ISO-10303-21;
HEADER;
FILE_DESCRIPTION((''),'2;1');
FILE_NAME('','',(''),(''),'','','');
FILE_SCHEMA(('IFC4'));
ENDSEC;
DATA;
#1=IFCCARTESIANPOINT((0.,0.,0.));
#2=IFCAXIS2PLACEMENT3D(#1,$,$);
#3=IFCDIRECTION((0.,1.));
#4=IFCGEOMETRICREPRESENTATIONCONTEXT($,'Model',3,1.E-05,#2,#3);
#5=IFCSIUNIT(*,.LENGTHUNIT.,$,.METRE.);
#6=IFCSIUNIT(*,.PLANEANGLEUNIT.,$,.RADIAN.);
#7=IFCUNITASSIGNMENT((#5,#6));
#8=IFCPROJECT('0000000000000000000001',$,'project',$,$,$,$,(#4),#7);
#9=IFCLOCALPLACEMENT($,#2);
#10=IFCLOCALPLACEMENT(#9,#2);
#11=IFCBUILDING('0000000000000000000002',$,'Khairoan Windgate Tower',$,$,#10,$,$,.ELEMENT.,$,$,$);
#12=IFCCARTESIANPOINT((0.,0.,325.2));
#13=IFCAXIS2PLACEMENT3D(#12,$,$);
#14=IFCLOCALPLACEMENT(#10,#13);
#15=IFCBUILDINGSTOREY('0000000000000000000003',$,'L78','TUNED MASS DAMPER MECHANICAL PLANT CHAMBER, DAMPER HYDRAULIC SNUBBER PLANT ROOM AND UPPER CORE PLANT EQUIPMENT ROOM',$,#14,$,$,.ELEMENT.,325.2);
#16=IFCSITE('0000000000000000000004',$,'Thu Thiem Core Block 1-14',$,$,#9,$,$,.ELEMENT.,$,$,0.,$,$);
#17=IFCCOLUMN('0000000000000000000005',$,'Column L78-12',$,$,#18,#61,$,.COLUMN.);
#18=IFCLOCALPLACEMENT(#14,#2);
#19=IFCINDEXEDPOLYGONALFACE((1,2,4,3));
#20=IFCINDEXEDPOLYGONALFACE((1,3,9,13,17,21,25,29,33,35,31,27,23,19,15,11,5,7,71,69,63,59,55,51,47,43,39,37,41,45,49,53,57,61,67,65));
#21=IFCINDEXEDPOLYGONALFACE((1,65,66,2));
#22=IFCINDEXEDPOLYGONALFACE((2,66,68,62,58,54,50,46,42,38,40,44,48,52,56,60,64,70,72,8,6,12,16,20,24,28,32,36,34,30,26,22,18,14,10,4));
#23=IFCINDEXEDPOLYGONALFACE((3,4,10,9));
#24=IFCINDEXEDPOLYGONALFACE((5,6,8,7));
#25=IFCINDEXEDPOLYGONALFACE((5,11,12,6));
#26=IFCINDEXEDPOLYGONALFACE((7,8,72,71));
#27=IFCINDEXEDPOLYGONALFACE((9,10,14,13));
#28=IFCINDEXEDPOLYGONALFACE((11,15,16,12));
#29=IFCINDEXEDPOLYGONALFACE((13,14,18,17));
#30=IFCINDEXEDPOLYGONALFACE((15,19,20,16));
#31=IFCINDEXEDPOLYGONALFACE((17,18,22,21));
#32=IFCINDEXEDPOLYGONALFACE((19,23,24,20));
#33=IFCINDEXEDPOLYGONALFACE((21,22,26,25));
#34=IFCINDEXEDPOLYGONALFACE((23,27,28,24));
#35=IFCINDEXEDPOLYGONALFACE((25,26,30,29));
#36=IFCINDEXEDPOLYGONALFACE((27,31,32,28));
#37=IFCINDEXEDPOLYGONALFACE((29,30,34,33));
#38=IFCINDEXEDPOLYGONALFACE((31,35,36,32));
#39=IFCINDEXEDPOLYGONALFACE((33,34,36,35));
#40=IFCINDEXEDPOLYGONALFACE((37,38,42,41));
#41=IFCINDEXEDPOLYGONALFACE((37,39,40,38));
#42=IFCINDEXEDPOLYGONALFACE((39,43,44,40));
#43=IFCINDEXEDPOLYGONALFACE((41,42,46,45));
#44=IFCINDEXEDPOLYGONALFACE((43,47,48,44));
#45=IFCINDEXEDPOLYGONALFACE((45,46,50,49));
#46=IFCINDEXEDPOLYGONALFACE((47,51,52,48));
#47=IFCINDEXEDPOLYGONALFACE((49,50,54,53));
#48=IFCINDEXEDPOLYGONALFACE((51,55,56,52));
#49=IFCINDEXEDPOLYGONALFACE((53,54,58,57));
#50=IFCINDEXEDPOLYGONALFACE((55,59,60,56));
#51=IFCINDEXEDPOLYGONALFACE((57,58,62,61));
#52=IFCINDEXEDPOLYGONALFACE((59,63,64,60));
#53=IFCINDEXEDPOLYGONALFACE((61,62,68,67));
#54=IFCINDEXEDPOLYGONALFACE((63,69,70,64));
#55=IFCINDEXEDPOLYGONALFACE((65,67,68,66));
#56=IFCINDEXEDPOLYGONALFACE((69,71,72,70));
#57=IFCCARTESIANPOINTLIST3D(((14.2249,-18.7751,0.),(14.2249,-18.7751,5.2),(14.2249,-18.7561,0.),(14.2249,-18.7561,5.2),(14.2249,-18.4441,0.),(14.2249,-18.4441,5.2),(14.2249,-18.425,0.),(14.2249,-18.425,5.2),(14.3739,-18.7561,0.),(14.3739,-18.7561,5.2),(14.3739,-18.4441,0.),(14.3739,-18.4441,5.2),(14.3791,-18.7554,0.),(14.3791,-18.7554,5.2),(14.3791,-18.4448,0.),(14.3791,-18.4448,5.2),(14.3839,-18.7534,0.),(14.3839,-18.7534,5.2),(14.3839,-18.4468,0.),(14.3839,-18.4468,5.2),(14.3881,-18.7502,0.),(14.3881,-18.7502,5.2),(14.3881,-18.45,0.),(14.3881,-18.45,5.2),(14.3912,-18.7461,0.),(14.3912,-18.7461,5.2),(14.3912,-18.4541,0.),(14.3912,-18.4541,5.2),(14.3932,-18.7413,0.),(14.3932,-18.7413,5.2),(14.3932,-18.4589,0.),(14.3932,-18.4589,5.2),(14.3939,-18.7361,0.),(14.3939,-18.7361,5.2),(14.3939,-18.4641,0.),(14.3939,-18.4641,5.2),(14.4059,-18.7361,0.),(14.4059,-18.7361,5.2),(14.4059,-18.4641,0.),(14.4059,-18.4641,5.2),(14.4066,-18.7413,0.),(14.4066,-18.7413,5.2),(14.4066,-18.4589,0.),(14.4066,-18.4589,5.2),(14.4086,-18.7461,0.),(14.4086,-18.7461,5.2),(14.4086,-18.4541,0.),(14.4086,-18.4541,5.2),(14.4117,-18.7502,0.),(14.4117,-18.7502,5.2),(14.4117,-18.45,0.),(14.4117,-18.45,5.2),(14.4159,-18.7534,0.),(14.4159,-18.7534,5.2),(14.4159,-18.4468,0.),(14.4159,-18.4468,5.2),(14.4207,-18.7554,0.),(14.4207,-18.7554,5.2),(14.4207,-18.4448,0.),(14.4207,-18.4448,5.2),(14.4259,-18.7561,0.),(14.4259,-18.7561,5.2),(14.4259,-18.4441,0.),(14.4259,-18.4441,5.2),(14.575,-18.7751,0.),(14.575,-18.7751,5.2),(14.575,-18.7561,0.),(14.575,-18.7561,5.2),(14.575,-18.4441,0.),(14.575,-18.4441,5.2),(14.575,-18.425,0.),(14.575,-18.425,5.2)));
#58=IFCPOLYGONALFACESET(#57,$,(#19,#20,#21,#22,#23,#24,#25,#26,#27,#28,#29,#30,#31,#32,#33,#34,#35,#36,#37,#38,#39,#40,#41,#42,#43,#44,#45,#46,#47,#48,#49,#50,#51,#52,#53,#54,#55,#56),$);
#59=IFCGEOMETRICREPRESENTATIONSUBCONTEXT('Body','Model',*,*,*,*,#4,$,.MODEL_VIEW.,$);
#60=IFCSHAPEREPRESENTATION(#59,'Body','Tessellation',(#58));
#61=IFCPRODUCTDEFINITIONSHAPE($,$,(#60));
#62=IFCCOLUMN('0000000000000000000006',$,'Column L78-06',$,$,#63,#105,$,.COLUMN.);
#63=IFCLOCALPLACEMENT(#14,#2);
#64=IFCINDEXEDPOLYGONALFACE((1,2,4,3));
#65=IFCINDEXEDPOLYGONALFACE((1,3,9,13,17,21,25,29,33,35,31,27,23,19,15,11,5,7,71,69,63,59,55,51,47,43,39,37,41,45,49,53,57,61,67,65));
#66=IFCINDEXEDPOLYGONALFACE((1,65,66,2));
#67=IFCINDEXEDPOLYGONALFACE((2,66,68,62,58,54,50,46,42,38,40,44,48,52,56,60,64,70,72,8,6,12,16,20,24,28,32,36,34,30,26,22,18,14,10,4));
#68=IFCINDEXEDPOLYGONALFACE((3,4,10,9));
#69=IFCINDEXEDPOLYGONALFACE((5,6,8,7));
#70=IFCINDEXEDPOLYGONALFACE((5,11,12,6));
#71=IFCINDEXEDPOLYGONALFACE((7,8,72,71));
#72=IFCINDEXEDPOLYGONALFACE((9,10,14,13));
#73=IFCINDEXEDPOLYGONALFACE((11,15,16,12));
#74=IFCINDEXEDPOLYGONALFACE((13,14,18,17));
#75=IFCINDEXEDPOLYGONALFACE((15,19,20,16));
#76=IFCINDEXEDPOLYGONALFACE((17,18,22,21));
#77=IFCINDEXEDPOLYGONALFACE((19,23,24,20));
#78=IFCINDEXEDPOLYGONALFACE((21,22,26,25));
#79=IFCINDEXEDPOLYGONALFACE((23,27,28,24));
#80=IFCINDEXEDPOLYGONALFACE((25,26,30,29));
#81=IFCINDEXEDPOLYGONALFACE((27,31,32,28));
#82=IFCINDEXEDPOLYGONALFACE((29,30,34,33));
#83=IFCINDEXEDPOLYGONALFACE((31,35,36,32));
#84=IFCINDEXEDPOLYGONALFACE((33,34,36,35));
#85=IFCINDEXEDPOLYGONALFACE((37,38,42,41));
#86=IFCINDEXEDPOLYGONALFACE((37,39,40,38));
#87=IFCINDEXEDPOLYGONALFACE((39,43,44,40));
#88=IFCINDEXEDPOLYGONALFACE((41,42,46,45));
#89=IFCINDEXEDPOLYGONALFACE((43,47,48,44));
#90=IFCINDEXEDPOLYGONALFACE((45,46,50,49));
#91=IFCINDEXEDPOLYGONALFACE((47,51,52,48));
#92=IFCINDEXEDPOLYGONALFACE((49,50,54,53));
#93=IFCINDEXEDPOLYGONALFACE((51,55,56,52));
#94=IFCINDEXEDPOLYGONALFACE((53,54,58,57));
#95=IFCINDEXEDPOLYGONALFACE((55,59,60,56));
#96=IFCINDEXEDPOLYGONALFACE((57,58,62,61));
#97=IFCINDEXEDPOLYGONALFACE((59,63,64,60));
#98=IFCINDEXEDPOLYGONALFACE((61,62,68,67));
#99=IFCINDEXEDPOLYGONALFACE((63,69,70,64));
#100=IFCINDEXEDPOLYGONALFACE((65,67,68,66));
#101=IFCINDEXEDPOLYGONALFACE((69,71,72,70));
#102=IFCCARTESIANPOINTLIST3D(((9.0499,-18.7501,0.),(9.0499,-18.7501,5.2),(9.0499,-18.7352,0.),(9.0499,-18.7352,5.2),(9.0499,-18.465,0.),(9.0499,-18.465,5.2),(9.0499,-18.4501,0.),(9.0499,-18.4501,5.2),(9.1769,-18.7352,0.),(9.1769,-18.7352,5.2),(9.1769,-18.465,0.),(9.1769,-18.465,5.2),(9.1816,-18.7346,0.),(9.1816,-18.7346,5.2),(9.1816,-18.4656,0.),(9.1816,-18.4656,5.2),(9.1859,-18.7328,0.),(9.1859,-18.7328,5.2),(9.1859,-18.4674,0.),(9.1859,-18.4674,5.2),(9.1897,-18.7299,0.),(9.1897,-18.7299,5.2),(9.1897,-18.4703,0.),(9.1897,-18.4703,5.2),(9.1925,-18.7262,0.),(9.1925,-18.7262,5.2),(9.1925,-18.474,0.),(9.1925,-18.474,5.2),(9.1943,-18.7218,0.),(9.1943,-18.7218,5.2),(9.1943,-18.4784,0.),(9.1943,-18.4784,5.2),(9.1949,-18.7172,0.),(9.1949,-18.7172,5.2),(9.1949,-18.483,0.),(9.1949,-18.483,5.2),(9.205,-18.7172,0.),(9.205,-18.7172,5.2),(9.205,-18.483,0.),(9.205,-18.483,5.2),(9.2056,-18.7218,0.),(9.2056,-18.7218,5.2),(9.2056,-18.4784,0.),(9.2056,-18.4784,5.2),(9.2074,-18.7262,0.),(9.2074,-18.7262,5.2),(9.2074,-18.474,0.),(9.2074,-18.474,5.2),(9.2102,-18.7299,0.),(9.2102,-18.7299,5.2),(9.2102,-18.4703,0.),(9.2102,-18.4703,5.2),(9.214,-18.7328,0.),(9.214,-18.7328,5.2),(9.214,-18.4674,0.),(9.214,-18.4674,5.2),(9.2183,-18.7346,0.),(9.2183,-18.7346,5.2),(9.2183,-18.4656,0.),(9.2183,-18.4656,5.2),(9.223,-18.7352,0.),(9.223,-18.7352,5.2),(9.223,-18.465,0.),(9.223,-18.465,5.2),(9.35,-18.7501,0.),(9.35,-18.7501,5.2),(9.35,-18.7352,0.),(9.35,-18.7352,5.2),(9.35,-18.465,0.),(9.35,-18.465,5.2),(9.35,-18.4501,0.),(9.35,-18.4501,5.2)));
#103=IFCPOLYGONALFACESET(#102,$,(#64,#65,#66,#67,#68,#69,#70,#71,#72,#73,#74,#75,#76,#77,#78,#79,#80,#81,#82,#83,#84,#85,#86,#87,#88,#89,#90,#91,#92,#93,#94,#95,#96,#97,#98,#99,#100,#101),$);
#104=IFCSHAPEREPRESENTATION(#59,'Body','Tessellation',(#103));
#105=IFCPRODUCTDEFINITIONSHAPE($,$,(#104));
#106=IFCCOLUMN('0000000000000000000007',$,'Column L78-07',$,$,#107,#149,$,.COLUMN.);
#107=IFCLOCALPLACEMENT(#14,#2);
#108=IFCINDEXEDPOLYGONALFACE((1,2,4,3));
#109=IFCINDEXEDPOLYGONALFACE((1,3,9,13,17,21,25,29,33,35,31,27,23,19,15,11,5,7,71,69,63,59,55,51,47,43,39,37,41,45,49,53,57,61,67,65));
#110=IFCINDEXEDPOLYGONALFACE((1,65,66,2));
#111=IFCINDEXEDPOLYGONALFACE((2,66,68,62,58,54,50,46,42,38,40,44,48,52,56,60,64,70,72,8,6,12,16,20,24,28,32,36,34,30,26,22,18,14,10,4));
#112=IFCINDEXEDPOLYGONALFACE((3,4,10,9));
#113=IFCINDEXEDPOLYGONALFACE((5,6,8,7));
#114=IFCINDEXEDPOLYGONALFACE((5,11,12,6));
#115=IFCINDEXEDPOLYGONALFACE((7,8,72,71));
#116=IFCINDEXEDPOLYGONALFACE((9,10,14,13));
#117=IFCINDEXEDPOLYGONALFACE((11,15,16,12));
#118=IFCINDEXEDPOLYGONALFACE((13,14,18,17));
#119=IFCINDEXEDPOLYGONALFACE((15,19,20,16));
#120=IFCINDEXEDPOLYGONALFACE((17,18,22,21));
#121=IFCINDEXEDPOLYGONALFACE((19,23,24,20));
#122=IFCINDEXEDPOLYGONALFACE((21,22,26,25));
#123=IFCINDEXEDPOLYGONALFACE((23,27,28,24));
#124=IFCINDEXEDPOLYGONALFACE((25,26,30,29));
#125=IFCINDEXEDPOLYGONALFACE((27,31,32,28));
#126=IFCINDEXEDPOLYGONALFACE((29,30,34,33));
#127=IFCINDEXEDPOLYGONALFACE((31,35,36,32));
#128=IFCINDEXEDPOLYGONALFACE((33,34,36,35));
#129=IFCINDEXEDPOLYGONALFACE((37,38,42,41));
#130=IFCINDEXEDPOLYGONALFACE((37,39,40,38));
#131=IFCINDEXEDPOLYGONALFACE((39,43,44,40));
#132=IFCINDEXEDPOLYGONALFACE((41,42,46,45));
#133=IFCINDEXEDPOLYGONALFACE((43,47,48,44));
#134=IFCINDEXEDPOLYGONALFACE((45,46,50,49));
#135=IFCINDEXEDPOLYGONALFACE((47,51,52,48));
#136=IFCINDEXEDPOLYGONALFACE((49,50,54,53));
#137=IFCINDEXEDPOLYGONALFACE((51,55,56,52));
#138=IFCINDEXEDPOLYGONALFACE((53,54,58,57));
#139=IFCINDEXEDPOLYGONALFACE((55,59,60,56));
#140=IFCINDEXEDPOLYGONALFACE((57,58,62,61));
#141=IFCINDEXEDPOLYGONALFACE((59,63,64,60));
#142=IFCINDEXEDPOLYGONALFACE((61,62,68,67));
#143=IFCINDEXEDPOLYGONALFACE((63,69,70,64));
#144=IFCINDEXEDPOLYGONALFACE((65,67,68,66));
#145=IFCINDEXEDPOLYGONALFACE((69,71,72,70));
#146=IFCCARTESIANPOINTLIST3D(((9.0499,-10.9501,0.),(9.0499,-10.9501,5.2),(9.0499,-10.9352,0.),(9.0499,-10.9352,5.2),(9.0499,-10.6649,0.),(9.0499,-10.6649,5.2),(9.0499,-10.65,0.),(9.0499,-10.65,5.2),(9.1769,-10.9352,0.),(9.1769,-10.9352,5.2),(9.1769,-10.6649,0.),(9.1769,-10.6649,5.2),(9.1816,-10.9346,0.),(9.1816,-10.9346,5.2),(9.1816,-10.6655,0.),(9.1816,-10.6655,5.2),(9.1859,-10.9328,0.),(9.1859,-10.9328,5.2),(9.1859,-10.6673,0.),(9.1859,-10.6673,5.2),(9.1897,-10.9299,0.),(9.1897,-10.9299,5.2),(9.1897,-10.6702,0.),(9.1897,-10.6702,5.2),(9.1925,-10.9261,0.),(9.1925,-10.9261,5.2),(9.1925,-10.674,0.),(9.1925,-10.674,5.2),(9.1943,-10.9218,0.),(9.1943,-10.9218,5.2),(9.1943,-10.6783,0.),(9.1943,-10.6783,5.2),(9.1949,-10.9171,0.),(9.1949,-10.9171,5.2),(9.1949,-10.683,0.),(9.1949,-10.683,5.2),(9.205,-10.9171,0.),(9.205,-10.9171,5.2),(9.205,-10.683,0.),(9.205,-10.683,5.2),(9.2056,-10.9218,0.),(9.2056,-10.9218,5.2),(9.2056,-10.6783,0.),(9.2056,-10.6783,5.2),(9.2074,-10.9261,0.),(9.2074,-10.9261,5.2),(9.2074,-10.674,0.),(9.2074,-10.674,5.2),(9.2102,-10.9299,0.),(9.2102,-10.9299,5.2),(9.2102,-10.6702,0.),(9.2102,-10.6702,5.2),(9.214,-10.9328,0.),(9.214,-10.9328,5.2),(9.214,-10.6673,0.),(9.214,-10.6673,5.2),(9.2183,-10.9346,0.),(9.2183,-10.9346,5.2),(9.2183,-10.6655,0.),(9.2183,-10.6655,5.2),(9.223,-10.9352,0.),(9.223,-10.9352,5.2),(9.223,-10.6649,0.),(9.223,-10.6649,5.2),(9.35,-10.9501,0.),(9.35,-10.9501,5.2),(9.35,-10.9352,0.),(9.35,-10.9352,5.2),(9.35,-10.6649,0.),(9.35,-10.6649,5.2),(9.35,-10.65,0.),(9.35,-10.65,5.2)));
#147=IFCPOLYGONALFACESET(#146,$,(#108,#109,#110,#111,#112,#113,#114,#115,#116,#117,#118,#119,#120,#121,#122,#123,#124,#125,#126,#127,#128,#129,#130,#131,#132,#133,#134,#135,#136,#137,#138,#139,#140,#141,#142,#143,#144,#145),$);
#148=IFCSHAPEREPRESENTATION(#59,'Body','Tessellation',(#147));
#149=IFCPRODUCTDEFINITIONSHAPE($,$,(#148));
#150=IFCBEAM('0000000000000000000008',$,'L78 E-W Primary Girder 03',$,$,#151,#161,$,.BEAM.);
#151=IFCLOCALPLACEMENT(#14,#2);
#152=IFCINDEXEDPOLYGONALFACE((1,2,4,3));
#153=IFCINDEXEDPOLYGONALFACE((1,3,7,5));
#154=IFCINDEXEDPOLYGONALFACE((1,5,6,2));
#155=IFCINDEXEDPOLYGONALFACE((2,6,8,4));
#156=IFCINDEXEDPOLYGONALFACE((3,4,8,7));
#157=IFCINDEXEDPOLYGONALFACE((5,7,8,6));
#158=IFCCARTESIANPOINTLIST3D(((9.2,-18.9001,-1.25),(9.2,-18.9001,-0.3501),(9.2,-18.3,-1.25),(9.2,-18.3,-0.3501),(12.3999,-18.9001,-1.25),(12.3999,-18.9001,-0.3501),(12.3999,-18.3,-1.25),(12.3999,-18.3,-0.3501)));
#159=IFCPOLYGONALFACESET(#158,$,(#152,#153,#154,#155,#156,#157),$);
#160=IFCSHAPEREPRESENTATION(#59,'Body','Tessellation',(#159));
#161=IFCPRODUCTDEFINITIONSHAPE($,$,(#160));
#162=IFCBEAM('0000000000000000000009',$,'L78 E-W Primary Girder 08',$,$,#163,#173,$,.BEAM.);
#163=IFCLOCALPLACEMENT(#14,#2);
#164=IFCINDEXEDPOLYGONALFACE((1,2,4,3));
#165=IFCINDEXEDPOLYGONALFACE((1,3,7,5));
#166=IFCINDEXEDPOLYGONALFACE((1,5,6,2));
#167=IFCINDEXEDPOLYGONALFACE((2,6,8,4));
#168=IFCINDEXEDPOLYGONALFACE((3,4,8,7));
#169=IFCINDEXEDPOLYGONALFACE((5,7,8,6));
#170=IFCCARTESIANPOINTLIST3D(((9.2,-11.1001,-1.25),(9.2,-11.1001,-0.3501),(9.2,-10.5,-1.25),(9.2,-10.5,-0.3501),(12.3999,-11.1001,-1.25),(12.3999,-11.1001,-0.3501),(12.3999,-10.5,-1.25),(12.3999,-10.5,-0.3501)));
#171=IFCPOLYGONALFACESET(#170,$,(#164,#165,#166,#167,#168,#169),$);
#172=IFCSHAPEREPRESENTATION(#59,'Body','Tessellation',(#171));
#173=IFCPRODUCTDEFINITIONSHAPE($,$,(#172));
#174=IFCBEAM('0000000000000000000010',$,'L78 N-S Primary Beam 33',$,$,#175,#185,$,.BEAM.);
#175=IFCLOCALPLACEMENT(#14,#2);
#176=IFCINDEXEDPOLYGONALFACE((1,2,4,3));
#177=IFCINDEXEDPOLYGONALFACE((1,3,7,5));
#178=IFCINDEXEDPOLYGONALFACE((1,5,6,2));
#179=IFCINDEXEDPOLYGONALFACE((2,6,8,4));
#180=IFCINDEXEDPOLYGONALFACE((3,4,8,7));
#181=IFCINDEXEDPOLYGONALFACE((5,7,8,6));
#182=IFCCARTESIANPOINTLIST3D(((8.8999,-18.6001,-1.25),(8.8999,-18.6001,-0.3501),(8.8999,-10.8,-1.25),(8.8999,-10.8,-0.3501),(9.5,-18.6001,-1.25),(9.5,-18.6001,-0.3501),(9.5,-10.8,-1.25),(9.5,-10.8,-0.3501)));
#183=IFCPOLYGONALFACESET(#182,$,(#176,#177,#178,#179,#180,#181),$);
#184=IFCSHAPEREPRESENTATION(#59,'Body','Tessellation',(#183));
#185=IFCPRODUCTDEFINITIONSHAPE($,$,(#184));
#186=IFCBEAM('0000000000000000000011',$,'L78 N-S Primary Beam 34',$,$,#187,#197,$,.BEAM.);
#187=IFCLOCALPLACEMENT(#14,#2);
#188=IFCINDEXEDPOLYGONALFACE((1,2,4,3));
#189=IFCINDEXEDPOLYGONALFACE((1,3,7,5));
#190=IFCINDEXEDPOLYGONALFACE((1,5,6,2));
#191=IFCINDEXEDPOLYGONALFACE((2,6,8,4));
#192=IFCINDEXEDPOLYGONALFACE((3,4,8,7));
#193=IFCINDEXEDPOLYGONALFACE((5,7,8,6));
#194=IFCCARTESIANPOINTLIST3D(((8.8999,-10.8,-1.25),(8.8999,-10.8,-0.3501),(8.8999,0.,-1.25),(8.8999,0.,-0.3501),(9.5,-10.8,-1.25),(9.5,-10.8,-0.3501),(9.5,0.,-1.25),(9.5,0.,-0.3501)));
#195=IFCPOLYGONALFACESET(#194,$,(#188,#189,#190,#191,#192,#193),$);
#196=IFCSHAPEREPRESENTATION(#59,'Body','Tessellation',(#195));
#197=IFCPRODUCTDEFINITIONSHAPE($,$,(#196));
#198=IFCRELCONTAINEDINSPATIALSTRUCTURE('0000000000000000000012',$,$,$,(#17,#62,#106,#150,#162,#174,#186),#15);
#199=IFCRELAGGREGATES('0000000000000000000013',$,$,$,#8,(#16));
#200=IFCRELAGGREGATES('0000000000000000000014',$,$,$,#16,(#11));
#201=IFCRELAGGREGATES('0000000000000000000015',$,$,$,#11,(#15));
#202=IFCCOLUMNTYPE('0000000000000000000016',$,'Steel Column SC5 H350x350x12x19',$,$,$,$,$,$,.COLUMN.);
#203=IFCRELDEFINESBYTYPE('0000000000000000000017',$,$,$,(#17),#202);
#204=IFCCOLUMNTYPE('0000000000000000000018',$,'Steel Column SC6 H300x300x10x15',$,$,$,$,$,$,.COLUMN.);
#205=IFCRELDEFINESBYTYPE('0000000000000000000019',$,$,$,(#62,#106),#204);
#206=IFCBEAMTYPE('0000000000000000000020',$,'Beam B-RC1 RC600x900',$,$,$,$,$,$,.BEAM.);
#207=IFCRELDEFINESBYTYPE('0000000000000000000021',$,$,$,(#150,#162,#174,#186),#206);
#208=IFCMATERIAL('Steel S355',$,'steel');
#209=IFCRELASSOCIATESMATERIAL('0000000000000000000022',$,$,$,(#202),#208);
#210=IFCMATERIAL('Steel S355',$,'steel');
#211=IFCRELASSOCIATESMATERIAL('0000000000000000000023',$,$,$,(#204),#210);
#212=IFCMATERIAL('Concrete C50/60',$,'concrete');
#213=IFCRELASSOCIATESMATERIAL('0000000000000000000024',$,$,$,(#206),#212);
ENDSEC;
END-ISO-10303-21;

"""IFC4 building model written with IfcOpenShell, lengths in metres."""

from ifc_helpers import new_model, si_unit, direction, frame, origin, origin_2d, place, context, subcontext, project, spatial, rectangle, i_section, extrude, material, material_profile, profile_set, type_object, element, save


model = new_model("IFC4")

# Units and contexts
model_context = context("Model", 3, precision=1e-05, world=origin(), true_north=direction((0.0, 1.0)))
body_context = subcontext(model_context, "Body", "Model", "MODEL_VIEW")
ifc_project = project(units=[si_unit("LENGTHUNIT", "METRE"), si_unit("PLANEANGLEUNIT", "RADIAN")], contexts=[model_context])

# Site, building, storey
site_placement = place(None, origin())
site = spatial("IfcSite", under=ifc_project, at=site_placement, Name="Thu Thiem Core Block 1-14", CompositionType="ELEMENT", RefElevation=0.0)
building_placement = place(site_placement, origin())
building = spatial("IfcBuilding", under=site, at=building_placement, Name="Khairoan Windgate Tower", CompositionType="ELEMENT")
storey_placement = place(building_placement, frame((0.0, 0.0, 325.2)))
storey = spatial("IfcBuildingStorey", under=building, at=storey_placement, Name="L78", Description="TUNED MASS DAMPER MECHANICAL PLANT CHAMBER, DAMPER HYDRAULIC SNUBBER PLANT ROOM AND UPPER CORE PLANT EQUIPMENT ROOM", CompositionType="ELEMENT", Elevation=325.2)

# Columns
ifc_material_1 = material(Name="Steel S355", Category="steel")
ifc_material_profile_1 = material_profile(ifc_material_1, i_section(OverallWidth=0.3501, OverallDepth=0.3501, WebThickness=0.012, FlangeThickness=0.019, FilletRadius=0.02, at=origin_2d()))
ifc_profile_set_1 = profile_set([ifc_material_profile_1], Name="Steel S355")
column_type_1 = type_object("IfcColumnType", Name="Steel Column SC5 H350x350x12x19", PredefinedType="COLUMN", material=ifc_profile_set_1)
column_placement = place(storey_placement, frame((14.3999, -18.6001, 0.0), z_axis=(0.0, 0.0, 1.0), x_axis=(1.0, 0.0, 0.0)))
element("IfcColumn", 1, at=column_placement, inside=storey, type_object=column_type_1, Name="Column L78-12", PredefinedType="COLUMN", context=body_context, shape_type="SweptSolid", body=[
    extrude(i_section(OverallWidth=0.3501, OverallDepth=0.3501, WebThickness=0.012, FlangeThickness=0.019, FilletRadius=0.02, at=origin_2d()), origin(), (0.0, 0.0, 1.0), 5.2),
])
ifc_material_2 = material(Name="Steel S355", Category="steel")
ifc_material_profile_2 = material_profile(ifc_material_2, i_section(OverallWidth=0.3, OverallDepth=0.3, WebThickness=0.01, FlangeThickness=0.0149, FilletRadius=0.0181, at=origin_2d()))
ifc_profile_set_2 = profile_set([ifc_material_profile_2], Name="Steel S355")
column_type_2 = type_object("IfcColumnType", Name="Steel Column SC6 H300x300x10x15", PredefinedType="COLUMN", material=ifc_profile_set_2)
for number, where, z_axis, x_axis, name in (
    (2, (9.2, -18.6001, 0.0), (0.0, 0.0, 1.0), (1.0, 0.0, 0.0), "Column L78-06"),
    (3, (9.2, -10.8, 0.0), (0.0, 0.0, 1.0), (1.0, 0.0, 0.0), "Column L78-07"),
):
    element("IfcColumn", number, at=place(storey_placement, frame(where, z_axis=z_axis, x_axis=x_axis)), inside=storey, type_object=column_type_2, Name=name, PredefinedType="COLUMN", context=body_context, shape_type="SweptSolid", body=[
        extrude(i_section(OverallWidth=0.3, OverallDepth=0.3, WebThickness=0.01, FlangeThickness=0.0149, FilletRadius=0.0181, at=origin_2d()), origin(), (0.0, 0.0, 1.0), 5.2),
    ])

# Beams
ifc_material_3 = material(Name="Concrete C50/60", Category="concrete")
ifc_material_profile_3 = material_profile(ifc_material_3, rectangle(XDim=0.6001, YDim=0.8999, at=origin_2d()))
ifc_profile_set_3 = profile_set([ifc_material_profile_3], Name="Concrete C50/60")
beam_type_1 = type_object("IfcBeamType", Name="Beam B-RC1 RC600x900", PredefinedType="BEAM", material=ifc_profile_set_3)
for number, where, z_axis, x_axis, name in (
    (4, (9.2, -18.6001, -0.8), (1.0, 0.0, 0.0), (0.0, 1.0, 0.0), "L78 E-W Primary Girder 03"),
    (5, (9.2, -10.8, -0.8), (1.0, 0.0, 0.0), (0.0, 1.0, 0.0), "L78 E-W Primary Girder 08"),
):
    element("IfcBeam", number, at=place(storey_placement, frame(where, z_axis=z_axis, x_axis=x_axis)), inside=storey, type_object=beam_type_1, Name=name, PredefinedType="BEAM", context=body_context, shape_type="SweptSolid", body=[
        extrude(rectangle(XDim=0.6001, YDim=0.8999, at=origin_2d()), origin(), (0.0, 0.0, 1.0), 3.2),
    ])
beam_1_placement = place(storey_placement, frame((9.2, -18.6001, -0.8), z_axis=(0.0, 1.0, 0.0), x_axis=(-1.0, 0.0, 0.0)))
element("IfcBeam", 6, at=beam_1_placement, inside=storey, type_object=beam_type_1, Name="L78 N-S Primary Beam 33", PredefinedType="BEAM", context=body_context, shape_type="SweptSolid", body=[
    extrude(rectangle(XDim=0.6001, YDim=0.8999, at=origin_2d()), origin(), (0.0, 0.0, 1.0), 7.8),
])
beam_2_placement = place(storey_placement, frame((9.2, -10.8, -0.8), z_axis=(0.0, 1.0, 0.0), x_axis=(-1.0, 0.0, 0.0)))
element("IfcBeam", 7, at=beam_2_placement, inside=storey, type_object=beam_type_1, Name="L78 N-S Primary Beam 34", PredefinedType="BEAM", context=body_context, shape_type="SweptSolid", body=[
    extrude(rectangle(XDim=0.6001, YDim=0.8999, at=origin_2d()), origin(), (0.0, 0.0, 1.0), 10.8),
])

save(model, "model.ifc")
